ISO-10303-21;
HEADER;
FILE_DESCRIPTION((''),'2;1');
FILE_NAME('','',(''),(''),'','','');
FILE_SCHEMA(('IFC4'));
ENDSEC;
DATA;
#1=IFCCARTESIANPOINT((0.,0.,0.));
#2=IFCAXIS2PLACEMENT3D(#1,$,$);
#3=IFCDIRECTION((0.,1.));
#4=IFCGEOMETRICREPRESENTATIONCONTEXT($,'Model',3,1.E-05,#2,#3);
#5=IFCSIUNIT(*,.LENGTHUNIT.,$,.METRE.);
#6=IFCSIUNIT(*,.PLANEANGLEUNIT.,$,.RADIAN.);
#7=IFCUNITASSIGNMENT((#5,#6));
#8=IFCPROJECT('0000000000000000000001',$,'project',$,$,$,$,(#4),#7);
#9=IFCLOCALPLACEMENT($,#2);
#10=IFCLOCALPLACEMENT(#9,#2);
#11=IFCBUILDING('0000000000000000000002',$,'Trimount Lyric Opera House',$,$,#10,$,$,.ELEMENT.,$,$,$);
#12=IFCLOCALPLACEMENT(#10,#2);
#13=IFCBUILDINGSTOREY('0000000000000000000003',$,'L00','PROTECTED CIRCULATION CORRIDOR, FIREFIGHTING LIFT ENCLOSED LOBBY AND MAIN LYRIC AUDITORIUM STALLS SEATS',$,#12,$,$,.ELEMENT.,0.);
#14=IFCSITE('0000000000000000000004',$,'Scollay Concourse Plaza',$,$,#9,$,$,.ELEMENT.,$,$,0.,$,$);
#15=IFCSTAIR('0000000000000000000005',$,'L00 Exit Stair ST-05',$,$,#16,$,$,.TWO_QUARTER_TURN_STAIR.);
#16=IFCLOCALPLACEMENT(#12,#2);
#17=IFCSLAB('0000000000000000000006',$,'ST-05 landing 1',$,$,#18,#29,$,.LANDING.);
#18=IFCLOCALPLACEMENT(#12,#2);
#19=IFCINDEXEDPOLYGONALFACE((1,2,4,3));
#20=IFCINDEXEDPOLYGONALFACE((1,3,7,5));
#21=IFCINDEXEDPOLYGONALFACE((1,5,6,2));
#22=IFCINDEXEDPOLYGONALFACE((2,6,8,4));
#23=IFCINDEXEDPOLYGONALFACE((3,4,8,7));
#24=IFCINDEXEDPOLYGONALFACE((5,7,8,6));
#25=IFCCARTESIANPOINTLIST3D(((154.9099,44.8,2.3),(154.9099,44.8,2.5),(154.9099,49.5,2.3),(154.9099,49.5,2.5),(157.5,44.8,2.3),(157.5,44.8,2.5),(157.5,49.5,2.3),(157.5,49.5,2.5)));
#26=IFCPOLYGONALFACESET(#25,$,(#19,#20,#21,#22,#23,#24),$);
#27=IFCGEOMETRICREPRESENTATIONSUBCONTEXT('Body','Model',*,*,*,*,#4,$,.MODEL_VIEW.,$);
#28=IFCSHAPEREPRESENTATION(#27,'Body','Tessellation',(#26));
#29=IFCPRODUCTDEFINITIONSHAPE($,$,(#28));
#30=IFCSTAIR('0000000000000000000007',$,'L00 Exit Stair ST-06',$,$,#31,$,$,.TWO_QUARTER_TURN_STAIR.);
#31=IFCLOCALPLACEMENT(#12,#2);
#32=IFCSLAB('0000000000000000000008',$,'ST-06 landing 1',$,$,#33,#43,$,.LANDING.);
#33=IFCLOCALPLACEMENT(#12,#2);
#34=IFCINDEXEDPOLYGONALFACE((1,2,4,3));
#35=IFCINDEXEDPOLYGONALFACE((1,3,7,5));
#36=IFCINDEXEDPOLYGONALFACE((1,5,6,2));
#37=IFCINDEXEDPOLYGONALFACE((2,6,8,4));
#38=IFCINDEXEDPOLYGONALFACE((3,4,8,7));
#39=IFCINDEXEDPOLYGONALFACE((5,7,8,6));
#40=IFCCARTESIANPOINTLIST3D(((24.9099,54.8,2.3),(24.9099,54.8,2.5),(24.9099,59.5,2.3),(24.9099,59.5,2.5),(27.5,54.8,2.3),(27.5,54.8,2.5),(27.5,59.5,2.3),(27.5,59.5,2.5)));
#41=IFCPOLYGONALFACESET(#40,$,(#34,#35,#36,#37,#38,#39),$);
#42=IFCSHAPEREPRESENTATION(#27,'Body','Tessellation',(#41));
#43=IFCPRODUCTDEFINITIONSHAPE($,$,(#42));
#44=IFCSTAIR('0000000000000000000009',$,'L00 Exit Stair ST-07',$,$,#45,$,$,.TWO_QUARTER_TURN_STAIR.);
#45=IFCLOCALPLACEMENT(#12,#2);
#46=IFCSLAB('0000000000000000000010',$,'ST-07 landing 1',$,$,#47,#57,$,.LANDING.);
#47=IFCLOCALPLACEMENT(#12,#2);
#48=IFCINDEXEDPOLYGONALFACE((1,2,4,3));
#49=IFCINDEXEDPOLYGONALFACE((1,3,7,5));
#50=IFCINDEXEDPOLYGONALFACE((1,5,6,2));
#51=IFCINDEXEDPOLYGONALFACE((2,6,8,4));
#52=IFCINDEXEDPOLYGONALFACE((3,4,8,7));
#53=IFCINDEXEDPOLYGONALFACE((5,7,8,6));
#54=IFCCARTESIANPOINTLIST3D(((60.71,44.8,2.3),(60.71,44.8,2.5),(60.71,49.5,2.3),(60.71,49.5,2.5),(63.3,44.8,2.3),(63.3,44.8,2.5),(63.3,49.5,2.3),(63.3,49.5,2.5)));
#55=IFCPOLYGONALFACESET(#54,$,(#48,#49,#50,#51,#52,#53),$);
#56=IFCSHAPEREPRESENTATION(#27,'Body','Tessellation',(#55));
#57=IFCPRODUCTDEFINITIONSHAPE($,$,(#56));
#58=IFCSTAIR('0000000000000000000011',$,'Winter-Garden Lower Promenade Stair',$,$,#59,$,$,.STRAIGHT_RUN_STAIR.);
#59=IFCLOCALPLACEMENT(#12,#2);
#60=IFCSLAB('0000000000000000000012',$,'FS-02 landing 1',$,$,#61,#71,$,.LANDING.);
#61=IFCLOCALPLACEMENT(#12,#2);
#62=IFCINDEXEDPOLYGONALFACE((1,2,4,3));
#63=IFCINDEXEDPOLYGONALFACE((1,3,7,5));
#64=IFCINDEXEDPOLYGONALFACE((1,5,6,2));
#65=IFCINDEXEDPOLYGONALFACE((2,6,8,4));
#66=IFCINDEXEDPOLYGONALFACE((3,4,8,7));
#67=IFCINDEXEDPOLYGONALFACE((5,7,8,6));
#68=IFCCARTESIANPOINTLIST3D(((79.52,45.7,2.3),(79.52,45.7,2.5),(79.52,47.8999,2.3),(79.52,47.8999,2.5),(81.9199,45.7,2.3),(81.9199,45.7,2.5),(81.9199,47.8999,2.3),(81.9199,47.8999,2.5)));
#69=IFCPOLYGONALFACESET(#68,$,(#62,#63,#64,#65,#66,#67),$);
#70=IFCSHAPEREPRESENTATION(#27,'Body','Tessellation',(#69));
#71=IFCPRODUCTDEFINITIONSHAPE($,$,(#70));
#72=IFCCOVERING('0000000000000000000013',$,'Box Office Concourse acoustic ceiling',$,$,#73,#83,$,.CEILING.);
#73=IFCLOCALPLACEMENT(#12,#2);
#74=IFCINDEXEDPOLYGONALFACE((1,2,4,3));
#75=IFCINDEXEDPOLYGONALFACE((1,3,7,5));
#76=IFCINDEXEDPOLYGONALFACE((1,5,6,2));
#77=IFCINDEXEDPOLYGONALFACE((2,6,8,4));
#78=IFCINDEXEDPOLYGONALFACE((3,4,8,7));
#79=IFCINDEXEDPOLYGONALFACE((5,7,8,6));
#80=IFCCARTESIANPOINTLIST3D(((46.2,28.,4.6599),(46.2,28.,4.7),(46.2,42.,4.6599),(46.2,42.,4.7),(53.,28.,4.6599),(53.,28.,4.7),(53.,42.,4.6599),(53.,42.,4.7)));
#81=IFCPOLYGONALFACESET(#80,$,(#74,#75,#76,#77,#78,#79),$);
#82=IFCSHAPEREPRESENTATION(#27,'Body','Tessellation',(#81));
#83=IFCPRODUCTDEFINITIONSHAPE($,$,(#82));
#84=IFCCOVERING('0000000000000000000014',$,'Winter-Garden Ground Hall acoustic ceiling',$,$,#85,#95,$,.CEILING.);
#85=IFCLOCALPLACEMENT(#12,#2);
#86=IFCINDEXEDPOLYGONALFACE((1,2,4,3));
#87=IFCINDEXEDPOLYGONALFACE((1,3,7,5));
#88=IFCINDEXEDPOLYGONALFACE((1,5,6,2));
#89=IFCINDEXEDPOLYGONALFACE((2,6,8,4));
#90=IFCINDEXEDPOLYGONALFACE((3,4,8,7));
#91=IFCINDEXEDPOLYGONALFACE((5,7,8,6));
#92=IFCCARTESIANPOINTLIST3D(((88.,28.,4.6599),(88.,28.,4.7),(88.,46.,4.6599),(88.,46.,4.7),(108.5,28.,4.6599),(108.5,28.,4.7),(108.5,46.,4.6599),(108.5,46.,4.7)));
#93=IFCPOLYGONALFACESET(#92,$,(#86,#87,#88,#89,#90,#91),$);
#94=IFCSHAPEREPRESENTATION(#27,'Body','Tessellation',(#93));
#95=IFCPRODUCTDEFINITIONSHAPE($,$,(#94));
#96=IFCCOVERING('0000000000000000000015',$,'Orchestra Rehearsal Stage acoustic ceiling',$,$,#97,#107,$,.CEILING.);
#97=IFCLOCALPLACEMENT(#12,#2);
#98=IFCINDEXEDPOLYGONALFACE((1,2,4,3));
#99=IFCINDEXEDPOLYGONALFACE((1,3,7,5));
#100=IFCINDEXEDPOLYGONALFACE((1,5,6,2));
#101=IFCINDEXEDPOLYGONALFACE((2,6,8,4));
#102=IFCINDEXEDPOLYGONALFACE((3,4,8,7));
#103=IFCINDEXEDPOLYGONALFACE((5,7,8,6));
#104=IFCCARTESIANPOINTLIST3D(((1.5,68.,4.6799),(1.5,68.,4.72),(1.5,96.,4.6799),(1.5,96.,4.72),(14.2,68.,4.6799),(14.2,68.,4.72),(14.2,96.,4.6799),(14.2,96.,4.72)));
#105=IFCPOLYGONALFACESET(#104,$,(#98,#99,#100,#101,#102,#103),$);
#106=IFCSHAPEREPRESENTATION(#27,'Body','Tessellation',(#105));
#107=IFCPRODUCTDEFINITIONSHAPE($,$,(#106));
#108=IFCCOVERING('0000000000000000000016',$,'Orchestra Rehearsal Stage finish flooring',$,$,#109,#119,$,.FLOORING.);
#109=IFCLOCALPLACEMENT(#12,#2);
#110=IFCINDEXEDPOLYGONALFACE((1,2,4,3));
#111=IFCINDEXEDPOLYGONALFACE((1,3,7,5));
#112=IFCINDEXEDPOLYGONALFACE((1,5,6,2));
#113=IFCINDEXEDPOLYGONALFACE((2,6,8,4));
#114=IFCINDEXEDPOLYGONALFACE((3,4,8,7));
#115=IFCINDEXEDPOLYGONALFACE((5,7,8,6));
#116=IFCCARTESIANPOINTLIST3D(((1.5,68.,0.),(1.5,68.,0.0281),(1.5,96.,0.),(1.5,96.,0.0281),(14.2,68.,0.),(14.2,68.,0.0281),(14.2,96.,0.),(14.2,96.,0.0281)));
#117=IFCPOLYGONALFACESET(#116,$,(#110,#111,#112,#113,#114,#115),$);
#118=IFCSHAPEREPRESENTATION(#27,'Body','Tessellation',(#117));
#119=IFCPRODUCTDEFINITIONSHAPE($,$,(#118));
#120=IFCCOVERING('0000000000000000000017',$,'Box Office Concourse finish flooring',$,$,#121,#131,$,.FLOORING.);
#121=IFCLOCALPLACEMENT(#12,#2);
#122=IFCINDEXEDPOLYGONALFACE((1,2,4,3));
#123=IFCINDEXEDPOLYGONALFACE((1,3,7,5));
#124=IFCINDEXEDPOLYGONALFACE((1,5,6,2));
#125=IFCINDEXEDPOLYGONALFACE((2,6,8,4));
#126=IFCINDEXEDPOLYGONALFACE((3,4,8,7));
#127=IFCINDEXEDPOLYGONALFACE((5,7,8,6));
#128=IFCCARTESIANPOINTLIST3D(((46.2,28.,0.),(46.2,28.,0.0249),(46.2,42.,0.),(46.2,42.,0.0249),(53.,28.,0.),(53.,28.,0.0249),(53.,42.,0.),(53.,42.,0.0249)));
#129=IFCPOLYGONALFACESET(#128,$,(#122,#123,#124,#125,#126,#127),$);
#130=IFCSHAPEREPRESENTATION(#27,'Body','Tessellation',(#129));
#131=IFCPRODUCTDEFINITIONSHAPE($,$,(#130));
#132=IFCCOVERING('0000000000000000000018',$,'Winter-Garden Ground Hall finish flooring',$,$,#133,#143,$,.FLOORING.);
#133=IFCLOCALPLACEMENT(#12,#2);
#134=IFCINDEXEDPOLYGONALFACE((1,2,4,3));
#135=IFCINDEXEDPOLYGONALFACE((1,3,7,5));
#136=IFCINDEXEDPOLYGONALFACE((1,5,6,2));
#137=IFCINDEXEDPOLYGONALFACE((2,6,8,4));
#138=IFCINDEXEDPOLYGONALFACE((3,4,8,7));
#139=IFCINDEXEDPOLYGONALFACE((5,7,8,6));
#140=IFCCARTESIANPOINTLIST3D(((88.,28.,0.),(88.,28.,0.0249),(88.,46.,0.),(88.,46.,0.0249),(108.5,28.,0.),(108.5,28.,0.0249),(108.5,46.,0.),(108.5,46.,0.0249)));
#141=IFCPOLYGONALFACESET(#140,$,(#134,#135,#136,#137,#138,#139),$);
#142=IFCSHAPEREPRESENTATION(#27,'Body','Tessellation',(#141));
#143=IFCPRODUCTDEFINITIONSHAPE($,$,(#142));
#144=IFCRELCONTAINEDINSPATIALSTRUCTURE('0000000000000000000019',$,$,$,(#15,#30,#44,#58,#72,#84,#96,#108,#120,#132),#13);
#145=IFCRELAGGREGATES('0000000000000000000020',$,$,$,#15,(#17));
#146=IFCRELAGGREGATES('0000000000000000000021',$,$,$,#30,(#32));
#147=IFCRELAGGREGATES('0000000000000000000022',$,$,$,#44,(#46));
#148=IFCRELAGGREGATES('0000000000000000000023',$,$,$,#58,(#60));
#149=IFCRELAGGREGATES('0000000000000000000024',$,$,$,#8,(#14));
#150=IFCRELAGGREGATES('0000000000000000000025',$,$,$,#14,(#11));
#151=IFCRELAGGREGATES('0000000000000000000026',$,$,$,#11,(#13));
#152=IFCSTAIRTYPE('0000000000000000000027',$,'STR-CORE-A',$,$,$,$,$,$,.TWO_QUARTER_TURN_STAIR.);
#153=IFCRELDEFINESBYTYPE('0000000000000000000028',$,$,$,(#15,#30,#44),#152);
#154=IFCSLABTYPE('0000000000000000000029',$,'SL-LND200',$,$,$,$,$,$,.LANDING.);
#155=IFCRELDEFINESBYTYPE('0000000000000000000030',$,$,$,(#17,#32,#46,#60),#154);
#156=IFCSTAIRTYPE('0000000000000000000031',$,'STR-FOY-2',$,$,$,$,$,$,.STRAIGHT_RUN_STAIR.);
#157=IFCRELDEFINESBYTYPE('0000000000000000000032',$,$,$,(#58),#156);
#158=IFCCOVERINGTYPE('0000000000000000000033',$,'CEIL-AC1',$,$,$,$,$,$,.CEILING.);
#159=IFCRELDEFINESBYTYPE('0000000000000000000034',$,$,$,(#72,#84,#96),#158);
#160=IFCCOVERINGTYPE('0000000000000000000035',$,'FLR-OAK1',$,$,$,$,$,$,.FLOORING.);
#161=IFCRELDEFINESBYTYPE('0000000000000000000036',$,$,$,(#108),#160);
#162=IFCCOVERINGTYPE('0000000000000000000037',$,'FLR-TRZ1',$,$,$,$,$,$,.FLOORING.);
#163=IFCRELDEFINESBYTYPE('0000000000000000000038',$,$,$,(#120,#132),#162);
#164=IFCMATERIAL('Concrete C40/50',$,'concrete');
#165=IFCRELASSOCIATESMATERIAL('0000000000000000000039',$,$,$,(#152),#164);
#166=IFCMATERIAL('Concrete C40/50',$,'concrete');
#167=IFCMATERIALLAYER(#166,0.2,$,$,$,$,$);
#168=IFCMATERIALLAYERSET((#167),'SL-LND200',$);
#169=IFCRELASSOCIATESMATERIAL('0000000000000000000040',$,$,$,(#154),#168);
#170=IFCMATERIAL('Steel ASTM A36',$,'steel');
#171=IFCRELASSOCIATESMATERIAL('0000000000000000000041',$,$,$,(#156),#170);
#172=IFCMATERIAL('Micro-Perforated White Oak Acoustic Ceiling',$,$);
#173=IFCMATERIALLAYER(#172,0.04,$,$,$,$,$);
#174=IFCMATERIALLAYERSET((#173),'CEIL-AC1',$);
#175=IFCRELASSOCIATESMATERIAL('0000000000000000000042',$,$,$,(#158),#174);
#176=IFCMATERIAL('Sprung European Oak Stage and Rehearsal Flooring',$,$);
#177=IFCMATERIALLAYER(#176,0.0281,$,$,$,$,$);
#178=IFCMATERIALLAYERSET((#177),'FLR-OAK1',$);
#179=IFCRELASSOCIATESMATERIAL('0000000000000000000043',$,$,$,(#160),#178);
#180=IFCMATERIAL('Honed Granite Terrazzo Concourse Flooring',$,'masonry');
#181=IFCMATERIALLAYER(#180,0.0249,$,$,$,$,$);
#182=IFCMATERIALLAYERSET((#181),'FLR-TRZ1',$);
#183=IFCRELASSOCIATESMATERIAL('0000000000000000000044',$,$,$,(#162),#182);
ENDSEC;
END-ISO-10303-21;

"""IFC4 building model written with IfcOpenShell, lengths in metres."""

from ifc_helpers import new_model, si_unit, direction, frame, origin, place, context, subcontext, project, spatial, polyline, outline, extrude, material, layer, layer_set, type_object, element, aggregate, save


model = new_model("IFC4")

# Units and contexts
model_context = context("Model", 3, precision=1e-05, world=origin(), true_north=direction((0.0, 1.0)))
body_context = subcontext(model_context, "Body", "Model", "MODEL_VIEW")
ifc_project = project(units=[si_unit("LENGTHUNIT", "METRE"), si_unit("PLANEANGLEUNIT", "RADIAN")], contexts=[model_context])

# Site, building, storey
site_placement = place(None, origin())
site = spatial("IfcSite", under=ifc_project, at=site_placement, Name="Scollay Concourse Plaza", CompositionType="ELEMENT", RefElevation=0.0)
building_placement = place(site_placement, origin())
building = spatial("IfcBuilding", under=site, at=building_placement, Name="Trimount Lyric Opera House", CompositionType="ELEMENT")
storey_placement = place(building_placement, origin())
storey = spatial("IfcBuildingStorey", under=building, at=storey_placement, Name="L00", Description="PROTECTED CIRCULATION CORRIDOR, FIREFIGHTING LIFT ENCLOSED LOBBY AND MAIN LYRIC AUDITORIUM STALLS SEATS", CompositionType="ELEMENT", Elevation=0.0)

# Stairs, slabs
ifc_material_1 = material(Name="Concrete C40/50", Category="concrete")
stair_type_1 = type_object("IfcStairType", Name="STR-CORE-A", PredefinedType="TWO_QUARTER_TURN_STAIR", material=ifc_material_1)
ifc_material_2 = material(Name="Concrete C40/50", Category="concrete")
ifc_layer_1 = layer(ifc_material_2, 0.2)
ifc_layer_set_1 = layer_set([ifc_layer_1], Name="SL-LND200")
slab_type = type_object("IfcSlabType", Name="SL-LND200", PredefinedType="LANDING", material=ifc_layer_set_1)
stair_1_placement = place(storey_placement, origin())
stair_1 = element("IfcStair", 1, at=stair_1_placement, inside=storey, type_object=stair_type_1, Name="L00 Exit Stair ST-05", PredefinedType="TWO_QUARTER_TURN_STAIR")
slab_1_placement = place(storey_placement, frame((0.0, 0.0, 2.3)))
slab_1 = element("IfcSlab", 2, at=slab_1_placement, type_object=slab_type, Name="ST-05 landing 1", PredefinedType="LANDING", context=body_context, shape_type="SweptSolid", body=[
    extrude(outline(polyline([(154.9099, 44.8), (157.5, 44.8), (157.5, 49.5), (154.9099, 49.5), (154.9099, 44.8)])), origin(), (0.0, 0.0, 1.0), 0.2),
])
aggregate(stair_1, [slab_1])
stair_2_placement = place(storey_placement, origin())
stair_2 = element("IfcStair", 3, at=stair_2_placement, inside=storey, type_object=stair_type_1, Name="L00 Exit Stair ST-06", PredefinedType="TWO_QUARTER_TURN_STAIR")
slab_2_placement = place(storey_placement, frame((0.0, 0.0, 2.3)))
slab_2 = element("IfcSlab", 4, at=slab_2_placement, type_object=slab_type, Name="ST-06 landing 1", PredefinedType="LANDING", context=body_context, shape_type="SweptSolid", body=[
    extrude(outline(polyline([(24.9099, 54.8), (27.5, 54.8), (27.5, 59.5), (24.9099, 59.5), (24.9099, 54.8)])), origin(), (0.0, 0.0, 1.0), 0.2),
])
aggregate(stair_2, [slab_2])
stair_3_placement = place(storey_placement, origin())
stair_3 = element("IfcStair", 5, at=stair_3_placement, inside=storey, type_object=stair_type_1, Name="L00 Exit Stair ST-07", PredefinedType="TWO_QUARTER_TURN_STAIR")
slab_3_placement = place(storey_placement, frame((0.0, 0.0, 2.3)))
slab_3 = element("IfcSlab", 6, at=slab_3_placement, type_object=slab_type, Name="ST-07 landing 1", PredefinedType="LANDING", context=body_context, shape_type="SweptSolid", body=[
    extrude(outline(polyline([(60.71, 44.8), (63.3, 44.8), (63.3, 49.5), (60.71, 49.5), (60.71, 44.8)])), origin(), (0.0, 0.0, 1.0), 0.2),
])
aggregate(stair_3, [slab_3])
ifc_material_3 = material(Name="Steel ASTM A36", Category="steel")
stair_type_2 = type_object("IfcStairType", Name="STR-FOY-2", PredefinedType="STRAIGHT_RUN_STAIR", material=ifc_material_3)
stair_4_placement = place(storey_placement, origin())
stair_4 = element("IfcStair", 7, at=stair_4_placement, inside=storey, type_object=stair_type_2, Name="Winter-Garden Lower Promenade Stair", PredefinedType="STRAIGHT_RUN_STAIR")
slab_4_placement = place(storey_placement, frame((0.0, 0.0, 2.3)))
slab_4 = element("IfcSlab", 8, at=slab_4_placement, type_object=slab_type, Name="FS-02 landing 1", PredefinedType="LANDING", context=body_context, shape_type="SweptSolid", body=[
    extrude(outline(polyline([(79.52, 45.7), (81.9199, 45.7), (81.9199, 47.8999), (79.52, 47.8999), (79.52, 45.7)])), origin(), (0.0, 0.0, 1.0), 0.2),
])
aggregate(stair_4, [slab_4])

# Coverings
ifc_material_4 = material(Name="Micro-Perforated White Oak Acoustic Ceiling")
ifc_layer_2 = layer(ifc_material_4, 0.04)
ifc_layer_set_2 = layer_set([ifc_layer_2], Name="CEIL-AC1")
covering_type_1 = type_object("IfcCoveringType", Name="CEIL-AC1", PredefinedType="CEILING", material=ifc_layer_set_2)
covering_1_placement = place(storey_placement, frame((0.0, 0.0, 4.6599)))
element("IfcCovering", 9, at=covering_1_placement, inside=storey, type_object=covering_type_1, Name="Box Office Concourse acoustic ceiling", PredefinedType="CEILING", context=body_context, shape_type="SweptSolid", body=[
    extrude(outline(polyline([(46.2, 28.0), (53.0, 28.0), (53.0, 42.0), (46.2, 42.0), (46.2, 28.0)])), origin(), (0.0, 0.0, 1.0), 0.04),
])
covering_2_placement = place(storey_placement, frame((0.0, 0.0, 4.6599)))
element("IfcCovering", 10, at=covering_2_placement, inside=storey, type_object=covering_type_1, Name="Winter-Garden Ground Hall acoustic ceiling", PredefinedType="CEILING", context=body_context, shape_type="SweptSolid", body=[
    extrude(outline(polyline([(88.0, 28.0), (108.5, 28.0), (108.5, 46.0), (88.0, 46.0), (88.0, 28.0)])), origin(), (0.0, 0.0, 1.0), 0.04),
])
covering_3_placement = place(storey_placement, frame((0.0, 0.0, 4.6799)))
element("IfcCovering", 11, at=covering_3_placement, inside=storey, type_object=covering_type_1, Name="Orchestra Rehearsal Stage acoustic ceiling", PredefinedType="CEILING", context=body_context, shape_type="SweptSolid", body=[
    extrude(outline(polyline([(1.5, 68.0), (14.2, 68.0), (14.2, 96.0), (1.5, 96.0), (1.5, 68.0)])), origin(), (0.0, 0.0, 1.0), 0.04),
])
ifc_material_5 = material(Name="Sprung European Oak Stage and Rehearsal Flooring")
ifc_layer_3 = layer(ifc_material_5, 0.0281)
ifc_layer_set_3 = layer_set([ifc_layer_3], Name="FLR-OAK1")
covering_type_2 = type_object("IfcCoveringType", Name="FLR-OAK1", PredefinedType="FLOORING", material=ifc_layer_set_3)
covering_4_placement = place(storey_placement, origin())
element("IfcCovering", 12, at=covering_4_placement, inside=storey, type_object=covering_type_2, Name="Orchestra Rehearsal Stage finish flooring", PredefinedType="FLOORING", context=body_context, shape_type="SweptSolid", body=[
    extrude(outline(polyline([(1.5, 68.0), (14.2, 68.0), (14.2, 96.0), (1.5, 96.0), (1.5, 68.0)])), origin(), (0.0, 0.0, 1.0), 0.0281),
])
ifc_material_6 = material(Name="Honed Granite Terrazzo Concourse Flooring", Category="masonry")
ifc_layer_4 = layer(ifc_material_6, 0.0249)
ifc_layer_set_4 = layer_set([ifc_layer_4], Name="FLR-TRZ1")
covering_type_3 = type_object("IfcCoveringType", Name="FLR-TRZ1", PredefinedType="FLOORING", material=ifc_layer_set_4)
covering_5_placement = place(storey_placement, origin())
element("IfcCovering", 13, at=covering_5_placement, inside=storey, type_object=covering_type_3, Name="Box Office Concourse finish flooring", PredefinedType="FLOORING", context=body_context, shape_type="SweptSolid", body=[
    extrude(outline(polyline([(46.2, 28.0), (53.0, 28.0), (53.0, 42.0), (46.2, 42.0), (46.2, 28.0)])), origin(), (0.0, 0.0, 1.0), 0.0249),
])
covering_6_placement = place(storey_placement, origin())
element("IfcCovering", 14, at=covering_6_placement, inside=storey, type_object=covering_type_3, Name="Winter-Garden Ground Hall finish flooring", PredefinedType="FLOORING", context=body_context, shape_type="SweptSolid", body=[
    extrude(outline(polyline([(88.0, 28.0), (108.5, 28.0), (108.5, 46.0), (88.0, 46.0), (88.0, 28.0)])), origin(), (0.0, 0.0, 1.0), 0.0249),
])

save(model, "model.ifc")
